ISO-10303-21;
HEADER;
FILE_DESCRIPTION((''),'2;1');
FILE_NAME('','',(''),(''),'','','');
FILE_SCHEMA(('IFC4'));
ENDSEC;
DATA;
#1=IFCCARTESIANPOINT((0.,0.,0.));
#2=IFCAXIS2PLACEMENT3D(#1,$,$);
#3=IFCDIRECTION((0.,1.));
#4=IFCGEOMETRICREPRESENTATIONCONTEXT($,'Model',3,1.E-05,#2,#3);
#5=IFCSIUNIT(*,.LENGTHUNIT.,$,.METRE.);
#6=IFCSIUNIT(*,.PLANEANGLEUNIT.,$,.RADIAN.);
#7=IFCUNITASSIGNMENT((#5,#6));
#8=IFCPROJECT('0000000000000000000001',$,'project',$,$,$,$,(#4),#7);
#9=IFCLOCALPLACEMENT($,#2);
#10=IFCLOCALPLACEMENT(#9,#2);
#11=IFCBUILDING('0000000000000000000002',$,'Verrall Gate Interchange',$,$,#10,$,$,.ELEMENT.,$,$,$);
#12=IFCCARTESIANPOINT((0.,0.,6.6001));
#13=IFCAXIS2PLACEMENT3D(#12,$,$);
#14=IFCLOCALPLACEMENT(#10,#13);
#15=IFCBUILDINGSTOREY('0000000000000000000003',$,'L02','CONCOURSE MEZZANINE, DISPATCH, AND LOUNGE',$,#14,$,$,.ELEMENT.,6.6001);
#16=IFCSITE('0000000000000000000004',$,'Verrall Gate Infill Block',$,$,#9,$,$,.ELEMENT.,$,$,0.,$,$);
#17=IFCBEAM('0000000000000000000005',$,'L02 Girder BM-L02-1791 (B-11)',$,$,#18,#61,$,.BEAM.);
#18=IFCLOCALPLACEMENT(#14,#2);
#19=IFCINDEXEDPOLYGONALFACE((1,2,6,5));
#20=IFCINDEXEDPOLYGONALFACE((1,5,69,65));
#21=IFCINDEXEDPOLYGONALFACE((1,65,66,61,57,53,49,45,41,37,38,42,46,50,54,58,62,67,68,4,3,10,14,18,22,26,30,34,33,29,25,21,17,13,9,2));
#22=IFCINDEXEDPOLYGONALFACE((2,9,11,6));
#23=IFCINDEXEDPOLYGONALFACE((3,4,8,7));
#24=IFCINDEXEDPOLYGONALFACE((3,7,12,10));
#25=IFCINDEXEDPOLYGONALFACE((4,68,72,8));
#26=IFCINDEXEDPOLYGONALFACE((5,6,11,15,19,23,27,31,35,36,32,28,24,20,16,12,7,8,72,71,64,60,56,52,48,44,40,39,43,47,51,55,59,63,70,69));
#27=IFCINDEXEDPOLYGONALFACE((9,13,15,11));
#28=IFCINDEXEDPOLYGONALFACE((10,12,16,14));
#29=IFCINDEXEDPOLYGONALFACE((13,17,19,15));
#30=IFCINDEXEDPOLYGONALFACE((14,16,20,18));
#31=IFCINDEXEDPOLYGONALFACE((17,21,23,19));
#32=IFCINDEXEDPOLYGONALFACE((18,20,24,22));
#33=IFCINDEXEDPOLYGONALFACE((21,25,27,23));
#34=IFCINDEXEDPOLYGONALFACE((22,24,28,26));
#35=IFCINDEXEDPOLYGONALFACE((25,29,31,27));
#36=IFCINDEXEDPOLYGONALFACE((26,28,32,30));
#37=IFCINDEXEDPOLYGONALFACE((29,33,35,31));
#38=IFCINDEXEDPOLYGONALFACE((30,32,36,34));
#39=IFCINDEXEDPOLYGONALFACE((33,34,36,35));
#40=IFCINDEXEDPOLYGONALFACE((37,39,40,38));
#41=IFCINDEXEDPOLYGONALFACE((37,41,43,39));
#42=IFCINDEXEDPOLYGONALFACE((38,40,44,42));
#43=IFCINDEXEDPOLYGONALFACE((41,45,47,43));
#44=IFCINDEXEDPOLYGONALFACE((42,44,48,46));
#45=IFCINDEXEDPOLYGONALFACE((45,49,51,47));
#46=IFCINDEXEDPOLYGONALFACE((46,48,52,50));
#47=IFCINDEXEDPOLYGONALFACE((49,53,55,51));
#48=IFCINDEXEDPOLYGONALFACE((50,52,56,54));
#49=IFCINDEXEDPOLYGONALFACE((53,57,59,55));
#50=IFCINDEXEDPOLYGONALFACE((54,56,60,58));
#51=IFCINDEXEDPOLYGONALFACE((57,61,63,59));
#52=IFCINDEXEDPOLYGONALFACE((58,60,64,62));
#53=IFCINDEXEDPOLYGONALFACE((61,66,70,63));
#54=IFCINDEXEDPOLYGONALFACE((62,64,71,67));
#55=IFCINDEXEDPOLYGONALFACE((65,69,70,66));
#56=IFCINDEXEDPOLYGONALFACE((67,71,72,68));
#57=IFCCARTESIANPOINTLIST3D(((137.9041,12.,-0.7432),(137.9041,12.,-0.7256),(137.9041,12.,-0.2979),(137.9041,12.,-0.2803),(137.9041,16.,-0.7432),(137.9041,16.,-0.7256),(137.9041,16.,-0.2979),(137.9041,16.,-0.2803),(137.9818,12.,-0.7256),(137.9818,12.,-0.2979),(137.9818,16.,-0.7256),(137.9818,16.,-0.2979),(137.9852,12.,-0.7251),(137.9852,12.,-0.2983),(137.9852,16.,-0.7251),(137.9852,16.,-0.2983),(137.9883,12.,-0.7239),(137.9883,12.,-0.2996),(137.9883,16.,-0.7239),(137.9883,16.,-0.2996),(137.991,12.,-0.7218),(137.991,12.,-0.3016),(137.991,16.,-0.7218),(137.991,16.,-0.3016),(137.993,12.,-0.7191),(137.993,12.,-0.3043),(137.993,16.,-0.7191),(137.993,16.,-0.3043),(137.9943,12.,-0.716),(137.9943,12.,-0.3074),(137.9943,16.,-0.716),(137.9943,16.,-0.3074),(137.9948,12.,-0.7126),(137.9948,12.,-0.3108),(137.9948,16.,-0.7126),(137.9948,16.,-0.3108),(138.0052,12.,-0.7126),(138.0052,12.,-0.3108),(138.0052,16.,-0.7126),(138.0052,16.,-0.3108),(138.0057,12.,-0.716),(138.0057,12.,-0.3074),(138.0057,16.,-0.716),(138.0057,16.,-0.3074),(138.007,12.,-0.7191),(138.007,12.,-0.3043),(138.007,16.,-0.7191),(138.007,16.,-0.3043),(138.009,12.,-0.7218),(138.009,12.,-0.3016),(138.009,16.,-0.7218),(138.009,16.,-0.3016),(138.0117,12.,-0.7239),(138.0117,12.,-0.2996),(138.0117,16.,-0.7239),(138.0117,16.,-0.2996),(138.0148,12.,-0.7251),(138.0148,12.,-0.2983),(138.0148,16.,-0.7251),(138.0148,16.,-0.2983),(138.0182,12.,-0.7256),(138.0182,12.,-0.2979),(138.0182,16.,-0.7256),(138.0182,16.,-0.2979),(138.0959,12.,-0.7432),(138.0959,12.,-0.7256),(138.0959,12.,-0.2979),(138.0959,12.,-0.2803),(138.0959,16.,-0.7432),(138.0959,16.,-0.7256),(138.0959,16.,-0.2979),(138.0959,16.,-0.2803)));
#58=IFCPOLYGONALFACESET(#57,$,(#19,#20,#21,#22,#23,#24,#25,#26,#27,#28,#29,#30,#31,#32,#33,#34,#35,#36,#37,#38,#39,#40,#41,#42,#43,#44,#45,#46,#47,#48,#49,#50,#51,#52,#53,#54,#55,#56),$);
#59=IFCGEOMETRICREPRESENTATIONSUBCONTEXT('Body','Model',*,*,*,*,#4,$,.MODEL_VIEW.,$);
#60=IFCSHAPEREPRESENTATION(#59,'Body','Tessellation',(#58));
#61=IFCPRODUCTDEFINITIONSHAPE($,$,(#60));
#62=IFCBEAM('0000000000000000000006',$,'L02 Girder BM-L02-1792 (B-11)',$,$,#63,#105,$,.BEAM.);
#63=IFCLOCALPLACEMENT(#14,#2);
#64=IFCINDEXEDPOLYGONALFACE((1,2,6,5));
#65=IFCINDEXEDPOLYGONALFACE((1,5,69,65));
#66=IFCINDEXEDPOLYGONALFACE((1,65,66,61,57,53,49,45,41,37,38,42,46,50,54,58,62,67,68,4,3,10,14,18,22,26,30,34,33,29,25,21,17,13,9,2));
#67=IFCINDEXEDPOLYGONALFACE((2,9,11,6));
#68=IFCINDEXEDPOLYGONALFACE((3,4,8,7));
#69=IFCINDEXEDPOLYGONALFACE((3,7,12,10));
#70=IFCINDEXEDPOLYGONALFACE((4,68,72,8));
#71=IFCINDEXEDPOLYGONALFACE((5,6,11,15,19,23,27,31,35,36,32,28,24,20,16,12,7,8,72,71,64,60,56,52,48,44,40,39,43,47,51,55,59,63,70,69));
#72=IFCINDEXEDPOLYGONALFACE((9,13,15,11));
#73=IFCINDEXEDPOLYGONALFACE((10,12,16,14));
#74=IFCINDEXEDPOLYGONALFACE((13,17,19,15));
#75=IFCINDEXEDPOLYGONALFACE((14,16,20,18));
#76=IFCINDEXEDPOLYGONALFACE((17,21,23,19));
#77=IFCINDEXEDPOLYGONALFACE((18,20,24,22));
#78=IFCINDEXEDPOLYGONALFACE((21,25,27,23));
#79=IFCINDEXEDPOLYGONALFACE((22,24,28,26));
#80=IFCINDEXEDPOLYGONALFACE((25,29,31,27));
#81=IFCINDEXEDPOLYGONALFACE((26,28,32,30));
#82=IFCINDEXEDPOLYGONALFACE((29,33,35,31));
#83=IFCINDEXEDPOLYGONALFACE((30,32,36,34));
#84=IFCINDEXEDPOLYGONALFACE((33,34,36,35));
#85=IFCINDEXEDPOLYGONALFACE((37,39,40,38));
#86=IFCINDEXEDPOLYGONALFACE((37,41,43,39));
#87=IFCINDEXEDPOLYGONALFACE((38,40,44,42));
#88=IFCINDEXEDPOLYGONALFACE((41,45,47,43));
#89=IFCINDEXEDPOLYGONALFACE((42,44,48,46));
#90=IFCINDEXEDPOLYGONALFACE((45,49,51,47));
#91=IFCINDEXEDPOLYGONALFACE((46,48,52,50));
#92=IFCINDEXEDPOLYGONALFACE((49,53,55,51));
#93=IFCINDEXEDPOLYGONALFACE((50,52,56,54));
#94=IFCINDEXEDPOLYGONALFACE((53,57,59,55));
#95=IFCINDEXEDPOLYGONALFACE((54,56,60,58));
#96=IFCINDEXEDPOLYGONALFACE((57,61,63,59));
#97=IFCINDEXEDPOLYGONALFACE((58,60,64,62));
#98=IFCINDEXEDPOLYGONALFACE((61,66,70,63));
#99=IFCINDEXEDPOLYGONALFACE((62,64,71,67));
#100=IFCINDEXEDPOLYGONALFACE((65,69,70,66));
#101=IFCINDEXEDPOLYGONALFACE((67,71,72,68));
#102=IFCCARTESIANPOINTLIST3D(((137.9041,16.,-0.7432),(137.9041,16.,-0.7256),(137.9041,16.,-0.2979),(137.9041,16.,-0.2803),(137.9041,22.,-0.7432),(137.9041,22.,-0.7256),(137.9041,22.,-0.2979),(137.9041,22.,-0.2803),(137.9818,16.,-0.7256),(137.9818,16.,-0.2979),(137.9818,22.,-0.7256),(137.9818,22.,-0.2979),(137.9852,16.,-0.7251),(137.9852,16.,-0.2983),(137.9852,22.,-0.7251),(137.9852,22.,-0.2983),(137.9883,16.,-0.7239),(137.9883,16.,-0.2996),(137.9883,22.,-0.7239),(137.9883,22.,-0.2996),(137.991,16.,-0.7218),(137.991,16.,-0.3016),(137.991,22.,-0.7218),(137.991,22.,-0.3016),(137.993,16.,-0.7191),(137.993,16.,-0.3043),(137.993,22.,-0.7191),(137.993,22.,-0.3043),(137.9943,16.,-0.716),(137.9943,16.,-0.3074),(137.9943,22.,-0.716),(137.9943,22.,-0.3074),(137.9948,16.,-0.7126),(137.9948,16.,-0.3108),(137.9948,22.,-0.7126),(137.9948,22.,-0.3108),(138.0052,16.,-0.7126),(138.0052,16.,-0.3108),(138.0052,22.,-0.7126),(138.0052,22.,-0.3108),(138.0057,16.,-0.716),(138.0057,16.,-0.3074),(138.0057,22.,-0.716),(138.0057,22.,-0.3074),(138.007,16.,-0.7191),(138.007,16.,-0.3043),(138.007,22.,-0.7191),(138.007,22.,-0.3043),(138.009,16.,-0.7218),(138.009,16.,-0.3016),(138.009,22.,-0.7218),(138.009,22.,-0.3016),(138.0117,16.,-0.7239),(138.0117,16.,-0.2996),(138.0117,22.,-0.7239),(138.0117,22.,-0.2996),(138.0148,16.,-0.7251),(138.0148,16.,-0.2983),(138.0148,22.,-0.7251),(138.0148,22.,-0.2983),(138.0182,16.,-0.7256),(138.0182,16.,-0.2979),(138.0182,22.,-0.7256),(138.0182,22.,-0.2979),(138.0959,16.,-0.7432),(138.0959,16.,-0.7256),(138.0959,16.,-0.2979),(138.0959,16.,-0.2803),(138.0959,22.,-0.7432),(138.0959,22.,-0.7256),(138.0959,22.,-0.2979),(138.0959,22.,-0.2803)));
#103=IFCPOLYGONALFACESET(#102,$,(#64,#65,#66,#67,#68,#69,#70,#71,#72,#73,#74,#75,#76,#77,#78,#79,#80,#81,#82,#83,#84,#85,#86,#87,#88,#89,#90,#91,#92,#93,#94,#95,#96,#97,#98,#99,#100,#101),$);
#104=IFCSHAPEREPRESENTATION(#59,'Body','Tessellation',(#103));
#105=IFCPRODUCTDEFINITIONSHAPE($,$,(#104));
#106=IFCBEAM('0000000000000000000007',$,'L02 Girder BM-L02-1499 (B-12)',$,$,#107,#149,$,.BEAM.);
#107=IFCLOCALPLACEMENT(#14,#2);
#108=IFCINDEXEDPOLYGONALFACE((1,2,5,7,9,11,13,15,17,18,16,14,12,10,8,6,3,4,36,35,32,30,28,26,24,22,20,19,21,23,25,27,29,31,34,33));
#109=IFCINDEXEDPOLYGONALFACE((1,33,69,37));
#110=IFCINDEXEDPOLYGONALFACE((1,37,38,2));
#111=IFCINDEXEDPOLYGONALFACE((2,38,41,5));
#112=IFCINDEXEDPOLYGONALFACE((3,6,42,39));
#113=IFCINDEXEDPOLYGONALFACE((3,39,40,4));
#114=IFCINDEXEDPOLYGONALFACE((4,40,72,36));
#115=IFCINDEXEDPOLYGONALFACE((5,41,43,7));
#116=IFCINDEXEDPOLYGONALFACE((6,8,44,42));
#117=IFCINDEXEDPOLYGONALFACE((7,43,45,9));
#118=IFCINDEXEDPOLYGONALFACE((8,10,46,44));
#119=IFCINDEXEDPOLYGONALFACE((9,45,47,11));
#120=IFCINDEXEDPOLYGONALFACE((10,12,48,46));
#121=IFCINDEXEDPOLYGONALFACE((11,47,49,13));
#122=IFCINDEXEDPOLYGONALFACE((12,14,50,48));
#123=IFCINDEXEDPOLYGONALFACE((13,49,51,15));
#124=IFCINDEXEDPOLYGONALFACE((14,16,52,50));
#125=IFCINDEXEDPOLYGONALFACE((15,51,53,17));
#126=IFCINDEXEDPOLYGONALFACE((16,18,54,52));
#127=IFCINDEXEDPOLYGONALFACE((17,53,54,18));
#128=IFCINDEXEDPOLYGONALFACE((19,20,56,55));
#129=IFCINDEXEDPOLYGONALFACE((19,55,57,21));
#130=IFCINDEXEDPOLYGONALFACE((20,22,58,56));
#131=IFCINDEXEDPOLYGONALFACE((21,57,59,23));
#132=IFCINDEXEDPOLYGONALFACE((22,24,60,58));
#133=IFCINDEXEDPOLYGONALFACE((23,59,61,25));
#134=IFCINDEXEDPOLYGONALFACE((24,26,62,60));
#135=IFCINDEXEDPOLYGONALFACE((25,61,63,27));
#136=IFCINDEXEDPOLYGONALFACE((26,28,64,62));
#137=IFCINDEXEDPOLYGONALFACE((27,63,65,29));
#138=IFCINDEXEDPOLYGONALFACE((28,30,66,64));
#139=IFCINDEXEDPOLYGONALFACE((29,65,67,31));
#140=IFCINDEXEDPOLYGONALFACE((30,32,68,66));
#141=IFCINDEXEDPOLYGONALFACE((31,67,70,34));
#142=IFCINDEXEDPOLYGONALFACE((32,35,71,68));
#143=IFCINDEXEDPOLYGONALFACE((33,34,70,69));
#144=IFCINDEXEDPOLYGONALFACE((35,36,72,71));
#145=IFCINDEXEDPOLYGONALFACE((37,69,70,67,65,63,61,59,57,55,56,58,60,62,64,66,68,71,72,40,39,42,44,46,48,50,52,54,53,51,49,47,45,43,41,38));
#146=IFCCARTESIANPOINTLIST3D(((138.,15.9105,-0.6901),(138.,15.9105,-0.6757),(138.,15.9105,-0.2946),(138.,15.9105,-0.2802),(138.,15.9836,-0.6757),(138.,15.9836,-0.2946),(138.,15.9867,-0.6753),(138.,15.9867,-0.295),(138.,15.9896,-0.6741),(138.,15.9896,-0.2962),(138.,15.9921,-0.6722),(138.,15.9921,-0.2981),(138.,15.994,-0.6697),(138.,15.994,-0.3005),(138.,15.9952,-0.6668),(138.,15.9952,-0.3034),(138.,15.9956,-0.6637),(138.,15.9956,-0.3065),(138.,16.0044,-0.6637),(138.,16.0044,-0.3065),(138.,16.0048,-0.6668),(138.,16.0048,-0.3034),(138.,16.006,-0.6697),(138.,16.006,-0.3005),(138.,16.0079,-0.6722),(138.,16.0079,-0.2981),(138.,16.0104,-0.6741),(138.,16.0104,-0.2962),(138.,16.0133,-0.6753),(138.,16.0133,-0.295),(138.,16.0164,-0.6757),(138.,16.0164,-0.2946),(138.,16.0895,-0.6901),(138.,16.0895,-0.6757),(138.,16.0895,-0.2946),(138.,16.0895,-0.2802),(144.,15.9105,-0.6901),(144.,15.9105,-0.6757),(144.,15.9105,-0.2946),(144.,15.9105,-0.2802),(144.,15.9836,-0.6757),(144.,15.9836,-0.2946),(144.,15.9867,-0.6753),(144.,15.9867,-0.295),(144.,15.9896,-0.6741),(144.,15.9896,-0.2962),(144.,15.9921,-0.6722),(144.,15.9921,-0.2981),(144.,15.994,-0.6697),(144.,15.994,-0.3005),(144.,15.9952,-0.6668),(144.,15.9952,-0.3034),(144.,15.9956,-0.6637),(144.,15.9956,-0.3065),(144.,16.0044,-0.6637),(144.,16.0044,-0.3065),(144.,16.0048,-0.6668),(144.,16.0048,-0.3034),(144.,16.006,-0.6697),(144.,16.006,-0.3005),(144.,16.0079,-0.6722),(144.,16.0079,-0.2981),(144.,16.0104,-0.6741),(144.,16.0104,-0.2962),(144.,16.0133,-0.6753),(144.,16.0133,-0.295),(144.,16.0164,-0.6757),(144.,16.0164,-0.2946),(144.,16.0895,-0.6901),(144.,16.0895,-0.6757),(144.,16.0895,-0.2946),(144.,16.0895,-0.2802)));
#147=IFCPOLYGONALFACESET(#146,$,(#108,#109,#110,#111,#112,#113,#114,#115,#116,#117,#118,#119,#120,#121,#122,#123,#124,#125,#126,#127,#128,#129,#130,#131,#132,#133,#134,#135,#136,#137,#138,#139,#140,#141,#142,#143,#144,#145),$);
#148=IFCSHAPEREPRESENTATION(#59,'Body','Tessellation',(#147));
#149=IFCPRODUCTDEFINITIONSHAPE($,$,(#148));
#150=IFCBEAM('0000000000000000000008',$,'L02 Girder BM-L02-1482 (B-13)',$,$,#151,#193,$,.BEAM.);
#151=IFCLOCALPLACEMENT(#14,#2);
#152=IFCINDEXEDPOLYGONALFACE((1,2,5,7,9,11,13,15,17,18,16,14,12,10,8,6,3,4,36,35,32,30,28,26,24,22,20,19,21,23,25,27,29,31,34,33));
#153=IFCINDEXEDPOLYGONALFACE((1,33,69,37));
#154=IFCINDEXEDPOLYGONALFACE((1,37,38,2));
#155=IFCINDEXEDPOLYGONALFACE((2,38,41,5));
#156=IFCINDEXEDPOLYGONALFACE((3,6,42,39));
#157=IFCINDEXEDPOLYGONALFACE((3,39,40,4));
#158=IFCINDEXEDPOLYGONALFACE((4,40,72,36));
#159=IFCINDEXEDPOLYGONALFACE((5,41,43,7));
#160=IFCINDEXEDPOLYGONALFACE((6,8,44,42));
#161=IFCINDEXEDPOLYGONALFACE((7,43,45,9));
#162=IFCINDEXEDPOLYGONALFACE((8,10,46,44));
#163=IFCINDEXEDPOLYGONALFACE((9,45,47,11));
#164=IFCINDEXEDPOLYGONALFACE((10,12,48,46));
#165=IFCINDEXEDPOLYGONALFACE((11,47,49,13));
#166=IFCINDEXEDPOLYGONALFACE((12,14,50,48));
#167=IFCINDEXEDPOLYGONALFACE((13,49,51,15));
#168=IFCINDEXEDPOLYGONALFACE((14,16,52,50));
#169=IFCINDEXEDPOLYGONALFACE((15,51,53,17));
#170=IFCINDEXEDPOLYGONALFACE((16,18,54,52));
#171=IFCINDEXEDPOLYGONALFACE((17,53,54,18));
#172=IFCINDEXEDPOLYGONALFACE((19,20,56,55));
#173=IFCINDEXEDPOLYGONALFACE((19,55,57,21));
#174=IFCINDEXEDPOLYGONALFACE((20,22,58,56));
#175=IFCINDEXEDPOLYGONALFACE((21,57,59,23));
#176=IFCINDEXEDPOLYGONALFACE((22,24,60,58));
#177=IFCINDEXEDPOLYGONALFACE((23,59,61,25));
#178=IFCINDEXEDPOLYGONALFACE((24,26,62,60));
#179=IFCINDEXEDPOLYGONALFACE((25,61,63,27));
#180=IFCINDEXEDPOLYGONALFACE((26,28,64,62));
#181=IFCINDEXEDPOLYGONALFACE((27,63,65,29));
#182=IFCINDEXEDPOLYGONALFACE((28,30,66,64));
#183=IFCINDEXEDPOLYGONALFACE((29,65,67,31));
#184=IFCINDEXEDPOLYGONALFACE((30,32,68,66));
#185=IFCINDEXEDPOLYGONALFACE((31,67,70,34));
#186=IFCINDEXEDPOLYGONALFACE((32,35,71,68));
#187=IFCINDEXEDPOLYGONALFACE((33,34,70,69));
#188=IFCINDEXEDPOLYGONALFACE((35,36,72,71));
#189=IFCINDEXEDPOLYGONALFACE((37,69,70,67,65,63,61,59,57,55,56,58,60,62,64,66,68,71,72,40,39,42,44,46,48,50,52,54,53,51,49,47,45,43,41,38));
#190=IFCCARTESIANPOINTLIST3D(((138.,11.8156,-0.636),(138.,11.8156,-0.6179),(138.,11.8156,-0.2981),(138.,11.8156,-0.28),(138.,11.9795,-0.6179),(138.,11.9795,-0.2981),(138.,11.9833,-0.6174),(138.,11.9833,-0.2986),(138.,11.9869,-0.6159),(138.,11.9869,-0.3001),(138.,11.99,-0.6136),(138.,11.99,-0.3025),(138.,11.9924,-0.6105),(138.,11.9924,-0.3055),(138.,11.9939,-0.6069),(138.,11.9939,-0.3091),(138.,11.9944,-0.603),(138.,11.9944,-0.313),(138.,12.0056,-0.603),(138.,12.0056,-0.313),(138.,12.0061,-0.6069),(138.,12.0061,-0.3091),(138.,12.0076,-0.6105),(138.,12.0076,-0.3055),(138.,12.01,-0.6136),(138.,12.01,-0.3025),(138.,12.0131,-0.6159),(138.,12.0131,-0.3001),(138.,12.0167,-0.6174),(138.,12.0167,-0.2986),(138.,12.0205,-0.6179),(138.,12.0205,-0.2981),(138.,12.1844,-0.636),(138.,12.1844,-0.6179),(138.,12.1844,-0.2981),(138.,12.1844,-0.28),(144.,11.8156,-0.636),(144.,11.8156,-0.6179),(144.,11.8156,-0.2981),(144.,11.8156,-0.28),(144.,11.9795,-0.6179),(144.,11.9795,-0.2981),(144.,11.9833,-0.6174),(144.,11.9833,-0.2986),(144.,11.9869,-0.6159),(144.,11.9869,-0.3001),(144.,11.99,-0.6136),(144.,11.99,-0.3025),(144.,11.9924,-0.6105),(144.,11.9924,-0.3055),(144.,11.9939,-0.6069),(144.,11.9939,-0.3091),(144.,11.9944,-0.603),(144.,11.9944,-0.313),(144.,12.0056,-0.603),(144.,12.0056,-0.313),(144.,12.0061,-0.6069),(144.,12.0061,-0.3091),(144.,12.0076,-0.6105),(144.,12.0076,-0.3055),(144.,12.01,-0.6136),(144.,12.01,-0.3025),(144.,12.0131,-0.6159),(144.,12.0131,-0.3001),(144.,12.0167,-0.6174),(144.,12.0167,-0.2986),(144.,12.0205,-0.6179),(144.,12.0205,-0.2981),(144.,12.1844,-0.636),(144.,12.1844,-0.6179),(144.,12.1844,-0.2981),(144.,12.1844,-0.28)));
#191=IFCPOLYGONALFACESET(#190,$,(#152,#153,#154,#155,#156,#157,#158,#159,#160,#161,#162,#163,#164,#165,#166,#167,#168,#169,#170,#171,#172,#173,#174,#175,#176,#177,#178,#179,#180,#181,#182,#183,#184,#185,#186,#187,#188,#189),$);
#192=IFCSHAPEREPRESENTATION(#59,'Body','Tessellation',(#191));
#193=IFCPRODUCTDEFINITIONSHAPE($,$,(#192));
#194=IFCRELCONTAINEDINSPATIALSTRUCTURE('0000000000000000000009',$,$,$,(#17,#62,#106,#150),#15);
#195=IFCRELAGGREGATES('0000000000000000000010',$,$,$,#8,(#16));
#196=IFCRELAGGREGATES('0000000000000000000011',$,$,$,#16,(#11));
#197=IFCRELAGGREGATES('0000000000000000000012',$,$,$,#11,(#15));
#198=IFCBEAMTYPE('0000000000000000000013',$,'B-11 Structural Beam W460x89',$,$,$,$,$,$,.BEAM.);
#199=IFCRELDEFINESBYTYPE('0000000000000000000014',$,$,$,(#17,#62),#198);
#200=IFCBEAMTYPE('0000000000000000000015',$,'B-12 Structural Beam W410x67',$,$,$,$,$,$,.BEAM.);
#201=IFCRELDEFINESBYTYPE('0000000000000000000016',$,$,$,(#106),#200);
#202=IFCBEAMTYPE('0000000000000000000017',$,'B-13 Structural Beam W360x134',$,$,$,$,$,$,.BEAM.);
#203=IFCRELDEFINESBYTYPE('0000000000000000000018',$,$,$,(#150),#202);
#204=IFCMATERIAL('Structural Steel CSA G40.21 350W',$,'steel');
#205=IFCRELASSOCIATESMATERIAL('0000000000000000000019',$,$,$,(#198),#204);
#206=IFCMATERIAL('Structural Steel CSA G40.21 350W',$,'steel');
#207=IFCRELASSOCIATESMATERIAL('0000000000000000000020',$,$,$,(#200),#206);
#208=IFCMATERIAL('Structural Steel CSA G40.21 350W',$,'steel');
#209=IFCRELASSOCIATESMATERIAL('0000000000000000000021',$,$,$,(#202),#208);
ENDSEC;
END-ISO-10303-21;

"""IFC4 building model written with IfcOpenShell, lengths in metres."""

from ifc_helpers import new_model, si_unit, direction, frame, origin, origin_2d, place, context, subcontext, project, spatial, i_section, extrude, material, material_profile, profile_set, type_object, element, save


model = new_model("IFC4")

# Units and contexts
model_context = context("Model", 3, precision=1e-05, world=origin(), true_north=direction((0.0, 1.0)))
body_context = subcontext(model_context, "Body", "Model", "MODEL_VIEW")
ifc_project = project(units=[si_unit("LENGTHUNIT", "METRE"), si_unit("PLANEANGLEUNIT", "RADIAN")], contexts=[model_context])

# Site, building, storey
site_placement = place(None, origin())
site = spatial("IfcSite", under=ifc_project, at=site_placement, Name="Verrall Gate Infill Block", CompositionType="ELEMENT", RefElevation=0.0)
building_placement = place(site_placement, origin())
building = spatial("IfcBuilding", under=site, at=building_placement, Name="Verrall Gate Interchange", CompositionType="ELEMENT")
storey_placement = place(building_placement, frame((0.0, 0.0, 6.6001)))
storey = spatial("IfcBuildingStorey", under=building, at=storey_placement, Name="L02", Description="CONCOURSE MEZZANINE, DISPATCH, AND LOUNGE", CompositionType="ELEMENT", Elevation=6.6001)

# Beams
ifc_material_1 = material(Name="Structural Steel CSA G40.21 350W", Category="steel")
ifc_material_profile_1 = material_profile(ifc_material_1, i_section(OverallWidth=0.1919, OverallDepth=0.4629, WebThickness=0.0105, FlangeThickness=0.0176, FilletRadius=0.0129, at=origin_2d()), Name="W460x89")
ifc_profile_set_1 = profile_set([ifc_material_profile_1], Name="Structural Steel CSA G40.21 350W")
beam_type_1 = type_object("IfcBeamType", Name="B-11 Structural Beam W460x89", PredefinedType="BEAM", material=ifc_profile_set_1)
beam_1_placement = place(storey_placement, frame((138.0, 12.0, -0.5117), z_axis=(0.0, 1.0, 0.0), x_axis=(-1.0, 0.0, 0.0)))
element("IfcBeam", 1, at=beam_1_placement, inside=storey, type_object=beam_type_1, Name="L02 Girder BM-L02-1791 (B-11)", PredefinedType="BEAM", context=body_context, shape_type="SweptSolid", body=[
    extrude(i_section(OverallWidth=0.1919, OverallDepth=0.4629, WebThickness=0.0105, FlangeThickness=0.0176, FilletRadius=0.0129, at=origin_2d()), origin(), (0.0, 0.0, 1.0), 4.0),
])
beam_2_placement = place(storey_placement, frame((138.0, 16.0, -0.5117), z_axis=(0.0, 1.0, 0.0), x_axis=(-1.0, 0.0, 0.0)))
element("IfcBeam", 2, at=beam_2_placement, inside=storey, type_object=beam_type_1, Name="L02 Girder BM-L02-1792 (B-11)", PredefinedType="BEAM", context=body_context, shape_type="SweptSolid", body=[
    extrude(i_section(OverallWidth=0.1919, OverallDepth=0.4629, WebThickness=0.0105, FlangeThickness=0.0176, FilletRadius=0.0129, at=origin_2d()), origin(), (0.0, 0.0, 1.0), 6.0),
])
ifc_material_2 = material(Name="Structural Steel CSA G40.21 350W", Category="steel")
ifc_material_profile_2 = material_profile(ifc_material_2, i_section(OverallWidth=0.179, OverallDepth=0.4099, WebThickness=0.0088, FlangeThickness=0.0144, FilletRadius=0.012, at=origin_2d()), Name="W410x67")
ifc_profile_set_2 = profile_set([ifc_material_profile_2], Name="Structural Steel CSA G40.21 350W")
beam_type_2 = type_object("IfcBeamType", Name="B-12 Structural Beam W410x67", PredefinedType="BEAM", material=ifc_profile_set_2)
beam_3_placement = place(storey_placement, frame((138.0, 16.0, -0.4851), z_axis=(1.0, 0.0, 0.0), x_axis=(0.0, 1.0, 0.0)))
element("IfcBeam", 3, at=beam_3_placement, inside=storey, type_object=beam_type_2, Name="L02 Girder BM-L02-1499 (B-12)", PredefinedType="BEAM", context=body_context, shape_type="SweptSolid", body=[
    extrude(i_section(OverallWidth=0.179, OverallDepth=0.4099, WebThickness=0.0088, FlangeThickness=0.0144, FilletRadius=0.012, at=origin_2d()), origin(), (0.0, 0.0, 1.0), 6.0),
])
ifc_material_3 = material(Name="Structural Steel CSA G40.21 350W", Category="steel")
ifc_material_profile_3 = material_profile(ifc_material_3, i_section(OverallWidth=0.3689, OverallDepth=0.356, WebThickness=0.0112, FlangeThickness=0.0181, FilletRadius=0.0149, at=origin_2d()), Name="W360x134")
ifc_profile_set_3 = profile_set([ifc_material_profile_3], Name="Structural Steel CSA G40.21 350W")
beam_type_3 = type_object("IfcBeamType", Name="B-13 Structural Beam W360x134", PredefinedType="BEAM", material=ifc_profile_set_3)
for number, where, z_axis, x_axis, name in (
    (4, (138.0, 12.0, -0.458), (1.0, 0.0, 0.0), (0.0, 1.0, 0.0), "L02 Girder BM-L02-1482 (B-13)"),
):
    element("IfcBeam", number, at=place(storey_placement, frame(where, z_axis=z_axis, x_axis=x_axis)), inside=storey, type_object=beam_type_3, Name=name, PredefinedType="BEAM", context=body_context, shape_type="SweptSolid", body=[
        extrude(i_section(OverallWidth=0.3689, OverallDepth=0.356, WebThickness=0.0112, FlangeThickness=0.0181, FilletRadius=0.0149, at=origin_2d()), origin(), (0.0, 0.0, 1.0), 6.0),
    ])

save(model, "model.ifc")
